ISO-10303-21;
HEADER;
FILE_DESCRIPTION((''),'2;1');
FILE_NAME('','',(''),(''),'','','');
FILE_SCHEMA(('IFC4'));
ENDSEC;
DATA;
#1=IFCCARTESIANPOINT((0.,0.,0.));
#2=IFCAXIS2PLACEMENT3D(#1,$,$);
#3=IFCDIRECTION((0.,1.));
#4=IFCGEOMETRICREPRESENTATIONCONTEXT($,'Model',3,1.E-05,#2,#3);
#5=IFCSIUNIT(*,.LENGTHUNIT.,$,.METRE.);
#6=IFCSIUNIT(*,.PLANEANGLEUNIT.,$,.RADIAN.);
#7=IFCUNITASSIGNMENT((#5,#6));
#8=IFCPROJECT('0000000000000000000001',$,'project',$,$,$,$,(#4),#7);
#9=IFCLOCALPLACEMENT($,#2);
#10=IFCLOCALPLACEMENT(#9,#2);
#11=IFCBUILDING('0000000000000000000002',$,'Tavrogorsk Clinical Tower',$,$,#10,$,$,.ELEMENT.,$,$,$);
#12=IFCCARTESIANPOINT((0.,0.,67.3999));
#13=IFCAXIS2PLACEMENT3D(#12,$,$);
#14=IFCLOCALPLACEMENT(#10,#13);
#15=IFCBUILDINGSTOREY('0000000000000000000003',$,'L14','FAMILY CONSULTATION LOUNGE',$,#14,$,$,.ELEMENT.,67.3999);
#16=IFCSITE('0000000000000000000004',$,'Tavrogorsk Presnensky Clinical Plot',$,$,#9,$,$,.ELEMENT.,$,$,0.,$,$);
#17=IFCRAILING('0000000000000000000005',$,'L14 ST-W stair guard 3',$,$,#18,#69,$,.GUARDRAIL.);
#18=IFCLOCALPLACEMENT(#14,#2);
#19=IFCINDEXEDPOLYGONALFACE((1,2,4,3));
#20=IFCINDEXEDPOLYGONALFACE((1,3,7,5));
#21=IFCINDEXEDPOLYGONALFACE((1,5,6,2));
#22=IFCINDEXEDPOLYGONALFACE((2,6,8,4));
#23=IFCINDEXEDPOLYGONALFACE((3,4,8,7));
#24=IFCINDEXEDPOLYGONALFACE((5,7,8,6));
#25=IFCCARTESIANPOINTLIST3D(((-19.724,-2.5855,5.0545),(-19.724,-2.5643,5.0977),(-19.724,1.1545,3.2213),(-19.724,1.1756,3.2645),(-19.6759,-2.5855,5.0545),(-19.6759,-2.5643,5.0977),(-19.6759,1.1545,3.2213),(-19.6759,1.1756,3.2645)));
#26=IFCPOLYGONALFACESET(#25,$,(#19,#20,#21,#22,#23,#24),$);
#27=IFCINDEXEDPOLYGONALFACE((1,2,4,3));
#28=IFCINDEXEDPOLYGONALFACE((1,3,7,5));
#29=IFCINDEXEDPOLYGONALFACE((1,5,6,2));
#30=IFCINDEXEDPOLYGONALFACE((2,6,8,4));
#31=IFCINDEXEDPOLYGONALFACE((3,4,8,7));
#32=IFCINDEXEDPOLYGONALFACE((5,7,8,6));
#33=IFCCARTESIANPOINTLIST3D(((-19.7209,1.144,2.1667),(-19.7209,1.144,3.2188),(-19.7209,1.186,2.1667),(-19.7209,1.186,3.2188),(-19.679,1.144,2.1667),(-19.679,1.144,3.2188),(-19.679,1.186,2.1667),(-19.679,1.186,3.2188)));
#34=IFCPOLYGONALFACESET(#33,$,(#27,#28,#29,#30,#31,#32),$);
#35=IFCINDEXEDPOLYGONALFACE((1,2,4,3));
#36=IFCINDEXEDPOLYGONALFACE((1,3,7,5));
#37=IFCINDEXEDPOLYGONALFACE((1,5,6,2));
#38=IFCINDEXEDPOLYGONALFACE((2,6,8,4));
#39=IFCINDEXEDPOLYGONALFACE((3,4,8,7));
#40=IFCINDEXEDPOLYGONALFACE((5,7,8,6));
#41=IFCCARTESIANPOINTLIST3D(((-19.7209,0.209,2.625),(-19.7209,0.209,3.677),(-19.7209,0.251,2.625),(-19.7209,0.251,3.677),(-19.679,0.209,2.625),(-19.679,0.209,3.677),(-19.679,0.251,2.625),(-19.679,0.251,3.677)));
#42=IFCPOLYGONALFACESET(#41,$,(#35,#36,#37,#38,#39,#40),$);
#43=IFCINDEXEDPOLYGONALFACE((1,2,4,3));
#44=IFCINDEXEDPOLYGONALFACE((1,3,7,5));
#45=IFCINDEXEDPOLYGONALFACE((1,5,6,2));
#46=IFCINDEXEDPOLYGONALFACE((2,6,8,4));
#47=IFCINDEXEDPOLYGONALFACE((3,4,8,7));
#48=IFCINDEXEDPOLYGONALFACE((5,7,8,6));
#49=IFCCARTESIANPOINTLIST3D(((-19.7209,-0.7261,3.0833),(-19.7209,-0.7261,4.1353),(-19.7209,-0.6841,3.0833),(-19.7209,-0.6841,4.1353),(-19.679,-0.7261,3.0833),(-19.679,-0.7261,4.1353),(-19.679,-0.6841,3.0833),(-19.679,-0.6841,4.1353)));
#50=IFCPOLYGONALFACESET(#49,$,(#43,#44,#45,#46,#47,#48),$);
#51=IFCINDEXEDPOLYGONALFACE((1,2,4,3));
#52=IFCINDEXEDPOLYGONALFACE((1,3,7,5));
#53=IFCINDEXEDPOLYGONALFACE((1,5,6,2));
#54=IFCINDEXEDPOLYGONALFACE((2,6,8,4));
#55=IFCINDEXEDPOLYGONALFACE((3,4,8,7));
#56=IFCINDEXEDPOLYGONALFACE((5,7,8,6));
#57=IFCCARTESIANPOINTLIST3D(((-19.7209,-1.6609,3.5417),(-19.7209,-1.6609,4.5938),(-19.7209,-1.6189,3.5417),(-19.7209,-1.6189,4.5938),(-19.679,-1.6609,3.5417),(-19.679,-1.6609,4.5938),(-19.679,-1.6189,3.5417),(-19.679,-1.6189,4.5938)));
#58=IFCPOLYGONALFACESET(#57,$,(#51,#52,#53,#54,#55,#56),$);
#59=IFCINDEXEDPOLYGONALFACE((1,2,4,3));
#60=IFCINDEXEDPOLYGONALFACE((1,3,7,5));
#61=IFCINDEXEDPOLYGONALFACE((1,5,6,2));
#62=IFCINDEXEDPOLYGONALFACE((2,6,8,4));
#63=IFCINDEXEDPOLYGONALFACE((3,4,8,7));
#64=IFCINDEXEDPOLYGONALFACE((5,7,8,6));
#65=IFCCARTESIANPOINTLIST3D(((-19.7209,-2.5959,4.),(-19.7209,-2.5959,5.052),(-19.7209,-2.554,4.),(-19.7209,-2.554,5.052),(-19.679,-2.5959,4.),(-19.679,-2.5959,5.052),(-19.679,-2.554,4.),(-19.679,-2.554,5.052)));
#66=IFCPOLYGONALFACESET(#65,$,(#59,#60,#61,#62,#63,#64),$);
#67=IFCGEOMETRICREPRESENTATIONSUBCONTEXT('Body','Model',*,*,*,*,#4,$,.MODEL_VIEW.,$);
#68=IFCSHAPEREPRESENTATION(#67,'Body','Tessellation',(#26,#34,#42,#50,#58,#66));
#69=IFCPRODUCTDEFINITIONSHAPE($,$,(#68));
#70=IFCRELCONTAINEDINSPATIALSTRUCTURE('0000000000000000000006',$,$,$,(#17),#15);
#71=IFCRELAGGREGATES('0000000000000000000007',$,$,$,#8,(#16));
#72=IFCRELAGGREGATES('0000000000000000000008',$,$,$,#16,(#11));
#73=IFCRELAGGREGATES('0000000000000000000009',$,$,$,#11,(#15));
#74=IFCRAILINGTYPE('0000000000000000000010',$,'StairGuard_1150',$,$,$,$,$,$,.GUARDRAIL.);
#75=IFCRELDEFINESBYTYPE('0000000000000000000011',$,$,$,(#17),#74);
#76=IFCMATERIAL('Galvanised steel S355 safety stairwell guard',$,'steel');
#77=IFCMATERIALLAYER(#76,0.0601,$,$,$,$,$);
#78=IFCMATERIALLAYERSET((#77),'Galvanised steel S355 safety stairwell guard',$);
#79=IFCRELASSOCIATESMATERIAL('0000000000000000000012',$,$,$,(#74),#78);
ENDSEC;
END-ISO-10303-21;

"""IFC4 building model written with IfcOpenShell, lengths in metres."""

from ifc_helpers import new_model, si_unit, direction, frame, origin, origin_2d, place, context, subcontext, project, spatial, rectangle, extrude, material, layer, layer_set, type_object, element, save


model = new_model("IFC4")

# Units and contexts
model_context = context("Model", 3, precision=1e-05, world=origin(), true_north=direction((0.0, 1.0)))
body_context = subcontext(model_context, "Body", "Model", "MODEL_VIEW")
ifc_project = project(units=[si_unit("LENGTHUNIT", "METRE"), si_unit("PLANEANGLEUNIT", "RADIAN")], contexts=[model_context])

# Site, building, storey
site_placement = place(None, origin())
site = spatial("IfcSite", under=ifc_project, at=site_placement, Name="Tavrogorsk Presnensky Clinical Plot", CompositionType="ELEMENT", RefElevation=0.0)
building_placement = place(site_placement, origin())
building = spatial("IfcBuilding", under=site, at=building_placement, Name="Tavrogorsk Clinical Tower", CompositionType="ELEMENT")
storey_placement = place(building_placement, frame((0.0, 0.0, 67.3999)))
storey = spatial("IfcBuildingStorey", under=building, at=storey_placement, Name="L14", Description="FAMILY CONSULTATION LOUNGE", CompositionType="ELEMENT", Elevation=67.3999)

# Railing
ifc_material_1 = material(Name="Galvanised steel S355 safety stairwell guard", Category="steel")
ifc_layer_1 = layer(ifc_material_1, 0.0601)
ifc_layer_set_1 = layer_set([ifc_layer_1], Name="Galvanised steel S355 safety stairwell guard")
railing_type = type_object("IfcRailingType", Name="StairGuard_1150", PredefinedType="GUARDRAIL", material=ifc_layer_set_1)
railing_1_placement = place(storey_placement, frame((-19.7, 1.165, 2.1667)))
element("IfcRailing", 1, at=railing_1_placement, inside=storey, type_object=railing_type, Name="L14 ST-W stair guard 3", PredefinedType="GUARDRAIL", context=body_context, shape_type="SweptSolid", body=[
    extrude(rectangle(XDim=0.0481, YDim=0.0481, at=origin_2d()), frame((0.0, 0.0, 1.0762), z_axis=(0.0, -0.897928, 0.440142), x_axis=(1.0, 0.0, 0.0)), (0.0, 0.0, 1.0), 4.165),
    extrude(rectangle(XDim=0.042, YDim=0.042, at=origin_2d()), origin(), (0.0, 0.0, 1.0), 1.052),
    extrude(rectangle(XDim=0.042, YDim=0.042, at=origin_2d()), frame((0.0, -0.9351, 0.4583)), (0.0, 0.0, 1.0), 1.052),
    extrude(rectangle(XDim=0.042, YDim=0.042, at=origin_2d()), frame((0.0, -1.8701, 0.9165)), (0.0, 0.0, 1.0), 1.052),
    extrude(rectangle(XDim=0.042, YDim=0.042, at=origin_2d()), frame((0.0, -2.8049, 1.375)), (0.0, 0.0, 1.0), 1.052),
    extrude(rectangle(XDim=0.042, YDim=0.042, at=origin_2d()), frame((0.0, -3.74, 1.8333)), (0.0, 0.0, 1.0), 1.052),
])

save(model, "model.ifc")
